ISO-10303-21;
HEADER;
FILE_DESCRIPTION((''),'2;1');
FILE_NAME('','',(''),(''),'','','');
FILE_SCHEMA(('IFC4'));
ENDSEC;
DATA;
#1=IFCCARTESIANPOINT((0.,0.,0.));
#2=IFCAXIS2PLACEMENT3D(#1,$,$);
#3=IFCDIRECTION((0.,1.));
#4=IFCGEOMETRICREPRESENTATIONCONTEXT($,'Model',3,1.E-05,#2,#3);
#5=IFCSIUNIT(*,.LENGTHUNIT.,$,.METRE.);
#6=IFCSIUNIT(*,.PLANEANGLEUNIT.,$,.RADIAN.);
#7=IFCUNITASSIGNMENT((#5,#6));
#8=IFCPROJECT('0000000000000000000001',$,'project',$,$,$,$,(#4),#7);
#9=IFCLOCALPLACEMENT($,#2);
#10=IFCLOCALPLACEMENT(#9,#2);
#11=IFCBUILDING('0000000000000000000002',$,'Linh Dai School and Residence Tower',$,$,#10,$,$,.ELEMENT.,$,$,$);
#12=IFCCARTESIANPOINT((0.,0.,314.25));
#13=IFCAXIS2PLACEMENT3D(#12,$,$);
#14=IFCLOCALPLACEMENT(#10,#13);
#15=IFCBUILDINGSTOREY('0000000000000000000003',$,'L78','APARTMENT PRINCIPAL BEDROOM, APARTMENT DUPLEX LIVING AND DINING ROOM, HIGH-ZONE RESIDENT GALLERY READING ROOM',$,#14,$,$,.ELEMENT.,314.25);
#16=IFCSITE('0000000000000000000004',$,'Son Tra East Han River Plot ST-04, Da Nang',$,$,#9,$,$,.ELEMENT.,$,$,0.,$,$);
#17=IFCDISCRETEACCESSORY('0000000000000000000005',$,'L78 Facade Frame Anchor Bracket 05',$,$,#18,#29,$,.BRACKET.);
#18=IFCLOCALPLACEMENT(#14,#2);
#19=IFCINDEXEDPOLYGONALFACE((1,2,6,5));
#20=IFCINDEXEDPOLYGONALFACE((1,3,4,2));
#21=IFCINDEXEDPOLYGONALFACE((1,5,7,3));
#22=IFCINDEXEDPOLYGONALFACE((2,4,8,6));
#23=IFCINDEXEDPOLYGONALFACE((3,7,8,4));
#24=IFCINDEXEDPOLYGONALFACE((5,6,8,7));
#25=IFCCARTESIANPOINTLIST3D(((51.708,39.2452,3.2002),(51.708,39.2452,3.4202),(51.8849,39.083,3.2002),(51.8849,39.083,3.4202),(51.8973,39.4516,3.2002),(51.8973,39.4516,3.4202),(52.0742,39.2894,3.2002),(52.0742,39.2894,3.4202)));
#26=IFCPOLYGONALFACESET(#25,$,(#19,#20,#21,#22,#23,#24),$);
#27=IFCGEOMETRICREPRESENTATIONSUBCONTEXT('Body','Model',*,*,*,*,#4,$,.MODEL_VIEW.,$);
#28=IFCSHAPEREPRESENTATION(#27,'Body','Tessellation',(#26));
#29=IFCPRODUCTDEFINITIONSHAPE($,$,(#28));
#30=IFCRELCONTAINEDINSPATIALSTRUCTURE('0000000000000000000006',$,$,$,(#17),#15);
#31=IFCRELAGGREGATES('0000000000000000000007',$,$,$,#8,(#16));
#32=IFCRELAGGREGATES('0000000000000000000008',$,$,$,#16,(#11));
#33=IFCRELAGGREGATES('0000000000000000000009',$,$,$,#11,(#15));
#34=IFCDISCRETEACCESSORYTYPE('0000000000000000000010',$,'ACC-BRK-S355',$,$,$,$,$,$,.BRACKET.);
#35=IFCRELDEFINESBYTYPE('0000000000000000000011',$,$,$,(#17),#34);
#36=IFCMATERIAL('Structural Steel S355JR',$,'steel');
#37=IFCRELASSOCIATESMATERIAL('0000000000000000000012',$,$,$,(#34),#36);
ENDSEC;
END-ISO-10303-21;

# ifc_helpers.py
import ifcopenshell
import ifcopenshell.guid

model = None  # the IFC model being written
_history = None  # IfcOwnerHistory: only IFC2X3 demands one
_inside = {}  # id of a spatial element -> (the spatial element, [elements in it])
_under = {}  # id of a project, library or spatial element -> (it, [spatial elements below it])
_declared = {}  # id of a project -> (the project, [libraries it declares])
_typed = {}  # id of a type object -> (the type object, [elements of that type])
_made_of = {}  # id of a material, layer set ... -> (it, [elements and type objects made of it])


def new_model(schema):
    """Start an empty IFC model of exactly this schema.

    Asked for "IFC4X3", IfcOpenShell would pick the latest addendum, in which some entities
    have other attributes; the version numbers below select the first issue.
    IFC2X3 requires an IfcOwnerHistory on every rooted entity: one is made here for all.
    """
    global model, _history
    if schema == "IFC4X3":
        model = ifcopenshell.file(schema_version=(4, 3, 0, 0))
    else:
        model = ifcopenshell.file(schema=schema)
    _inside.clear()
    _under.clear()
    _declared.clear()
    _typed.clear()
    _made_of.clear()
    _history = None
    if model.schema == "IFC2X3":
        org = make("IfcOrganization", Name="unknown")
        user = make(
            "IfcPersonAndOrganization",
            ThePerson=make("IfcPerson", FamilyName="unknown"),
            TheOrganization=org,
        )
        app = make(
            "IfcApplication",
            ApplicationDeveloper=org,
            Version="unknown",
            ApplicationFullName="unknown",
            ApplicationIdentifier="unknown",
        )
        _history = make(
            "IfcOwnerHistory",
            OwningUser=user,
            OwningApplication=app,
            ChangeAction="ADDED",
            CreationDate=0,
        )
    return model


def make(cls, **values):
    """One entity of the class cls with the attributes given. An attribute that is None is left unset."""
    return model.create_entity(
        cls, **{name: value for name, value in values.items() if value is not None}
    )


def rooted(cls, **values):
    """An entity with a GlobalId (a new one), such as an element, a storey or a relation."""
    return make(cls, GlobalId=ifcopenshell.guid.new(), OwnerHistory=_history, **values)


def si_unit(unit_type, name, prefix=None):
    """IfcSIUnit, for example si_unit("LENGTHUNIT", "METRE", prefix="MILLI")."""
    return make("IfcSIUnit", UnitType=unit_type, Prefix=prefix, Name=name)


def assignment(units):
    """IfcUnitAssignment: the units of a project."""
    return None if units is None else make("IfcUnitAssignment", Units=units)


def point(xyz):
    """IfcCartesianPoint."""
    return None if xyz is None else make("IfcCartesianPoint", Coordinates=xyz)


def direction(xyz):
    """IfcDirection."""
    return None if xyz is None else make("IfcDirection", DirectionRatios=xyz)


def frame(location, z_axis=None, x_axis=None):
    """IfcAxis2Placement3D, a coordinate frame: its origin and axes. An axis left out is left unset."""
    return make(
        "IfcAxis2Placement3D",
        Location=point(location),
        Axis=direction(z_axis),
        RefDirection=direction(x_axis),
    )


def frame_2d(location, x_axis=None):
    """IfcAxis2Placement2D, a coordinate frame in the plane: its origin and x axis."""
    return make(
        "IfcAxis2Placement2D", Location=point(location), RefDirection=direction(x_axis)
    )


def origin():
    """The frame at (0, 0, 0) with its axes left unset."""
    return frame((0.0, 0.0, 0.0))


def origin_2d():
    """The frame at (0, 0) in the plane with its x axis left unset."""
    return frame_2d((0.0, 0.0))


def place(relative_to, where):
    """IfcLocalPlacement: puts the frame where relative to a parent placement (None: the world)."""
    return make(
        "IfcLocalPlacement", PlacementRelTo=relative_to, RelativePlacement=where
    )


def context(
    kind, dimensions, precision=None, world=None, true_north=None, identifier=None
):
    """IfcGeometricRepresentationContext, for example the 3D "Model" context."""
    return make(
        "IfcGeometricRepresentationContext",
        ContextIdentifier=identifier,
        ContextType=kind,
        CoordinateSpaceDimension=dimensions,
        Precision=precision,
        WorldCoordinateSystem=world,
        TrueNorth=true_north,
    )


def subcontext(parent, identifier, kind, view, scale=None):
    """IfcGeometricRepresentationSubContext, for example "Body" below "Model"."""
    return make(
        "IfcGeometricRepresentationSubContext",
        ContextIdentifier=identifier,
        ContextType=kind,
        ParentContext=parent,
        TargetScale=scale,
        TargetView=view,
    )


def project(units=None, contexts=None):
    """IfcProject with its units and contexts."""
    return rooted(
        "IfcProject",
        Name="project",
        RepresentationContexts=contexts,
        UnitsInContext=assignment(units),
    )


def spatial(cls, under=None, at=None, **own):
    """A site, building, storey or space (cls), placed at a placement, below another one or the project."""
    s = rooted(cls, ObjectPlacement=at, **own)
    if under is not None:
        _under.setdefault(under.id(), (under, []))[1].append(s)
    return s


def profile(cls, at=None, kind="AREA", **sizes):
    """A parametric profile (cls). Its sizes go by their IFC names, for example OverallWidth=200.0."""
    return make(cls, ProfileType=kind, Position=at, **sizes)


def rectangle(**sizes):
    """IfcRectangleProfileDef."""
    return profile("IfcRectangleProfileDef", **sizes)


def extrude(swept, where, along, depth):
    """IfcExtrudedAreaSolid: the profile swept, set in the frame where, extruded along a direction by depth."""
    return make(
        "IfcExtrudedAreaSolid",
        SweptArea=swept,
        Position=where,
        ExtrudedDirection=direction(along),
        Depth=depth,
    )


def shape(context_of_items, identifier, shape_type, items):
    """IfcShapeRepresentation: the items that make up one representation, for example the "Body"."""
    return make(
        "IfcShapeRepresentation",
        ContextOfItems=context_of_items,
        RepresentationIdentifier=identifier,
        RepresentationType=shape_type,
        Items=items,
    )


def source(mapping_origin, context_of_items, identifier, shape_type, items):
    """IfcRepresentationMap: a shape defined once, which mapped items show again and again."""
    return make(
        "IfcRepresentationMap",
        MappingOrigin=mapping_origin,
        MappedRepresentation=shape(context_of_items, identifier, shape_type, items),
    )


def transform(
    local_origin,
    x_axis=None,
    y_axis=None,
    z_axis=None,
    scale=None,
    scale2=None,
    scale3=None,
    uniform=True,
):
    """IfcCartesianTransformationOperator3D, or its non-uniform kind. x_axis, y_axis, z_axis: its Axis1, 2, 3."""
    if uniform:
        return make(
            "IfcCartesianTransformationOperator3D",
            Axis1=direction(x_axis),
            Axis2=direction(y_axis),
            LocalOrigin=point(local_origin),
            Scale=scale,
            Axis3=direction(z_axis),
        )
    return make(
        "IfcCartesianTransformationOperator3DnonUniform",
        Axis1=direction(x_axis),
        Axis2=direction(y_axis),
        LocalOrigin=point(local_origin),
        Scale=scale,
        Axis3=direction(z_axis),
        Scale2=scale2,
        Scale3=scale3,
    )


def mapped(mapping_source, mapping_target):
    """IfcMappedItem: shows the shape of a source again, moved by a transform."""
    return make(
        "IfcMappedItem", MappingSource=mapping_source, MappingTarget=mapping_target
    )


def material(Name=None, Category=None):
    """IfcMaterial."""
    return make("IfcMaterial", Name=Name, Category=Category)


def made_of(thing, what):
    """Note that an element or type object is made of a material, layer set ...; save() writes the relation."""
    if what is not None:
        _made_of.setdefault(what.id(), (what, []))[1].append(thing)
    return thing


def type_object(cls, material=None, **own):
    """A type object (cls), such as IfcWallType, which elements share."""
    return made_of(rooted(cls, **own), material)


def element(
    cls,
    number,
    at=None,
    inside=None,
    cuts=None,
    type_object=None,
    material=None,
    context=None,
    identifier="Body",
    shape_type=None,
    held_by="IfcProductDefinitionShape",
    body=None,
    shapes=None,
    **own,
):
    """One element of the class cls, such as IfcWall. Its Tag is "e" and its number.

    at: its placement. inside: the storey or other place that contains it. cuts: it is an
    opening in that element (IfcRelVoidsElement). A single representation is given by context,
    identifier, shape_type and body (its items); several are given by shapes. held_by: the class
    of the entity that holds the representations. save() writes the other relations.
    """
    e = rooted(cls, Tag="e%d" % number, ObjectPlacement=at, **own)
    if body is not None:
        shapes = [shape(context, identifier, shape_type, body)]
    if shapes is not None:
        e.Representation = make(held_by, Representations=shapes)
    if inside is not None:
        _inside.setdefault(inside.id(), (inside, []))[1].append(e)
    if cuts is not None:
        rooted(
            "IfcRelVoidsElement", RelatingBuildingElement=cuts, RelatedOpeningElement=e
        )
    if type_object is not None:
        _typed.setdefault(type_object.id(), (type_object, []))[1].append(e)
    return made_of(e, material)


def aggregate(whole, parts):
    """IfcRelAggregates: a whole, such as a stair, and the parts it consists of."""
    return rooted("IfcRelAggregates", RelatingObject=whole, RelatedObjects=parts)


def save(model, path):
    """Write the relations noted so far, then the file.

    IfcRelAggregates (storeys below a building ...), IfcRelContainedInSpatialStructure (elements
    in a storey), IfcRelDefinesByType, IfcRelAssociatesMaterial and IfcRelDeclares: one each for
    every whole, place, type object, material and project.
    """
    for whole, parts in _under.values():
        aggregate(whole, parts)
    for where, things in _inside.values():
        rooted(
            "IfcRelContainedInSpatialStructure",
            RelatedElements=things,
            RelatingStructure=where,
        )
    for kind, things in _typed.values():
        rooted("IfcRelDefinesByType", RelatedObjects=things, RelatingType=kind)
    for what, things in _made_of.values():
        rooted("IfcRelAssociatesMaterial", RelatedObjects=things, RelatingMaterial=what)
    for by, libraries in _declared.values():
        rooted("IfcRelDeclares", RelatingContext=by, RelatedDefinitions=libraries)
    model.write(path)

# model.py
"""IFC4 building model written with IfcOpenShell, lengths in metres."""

from ifc_helpers import new_model, si_unit, direction, frame, origin, origin_2d, place, context, subcontext, project, spatial, rectangle, extrude, source, transform, mapped, material, type_object, element, save


model = new_model("IFC4")

# Units and contexts
model_context = context("Model", 3, precision=1e-05, world=origin(), true_north=direction((0.0, 1.0)))
body_context = subcontext(model_context, "Body", "Model", "MODEL_VIEW")
ifc_project = project(units=[si_unit("LENGTHUNIT", "METRE"), si_unit("PLANEANGLEUNIT", "RADIAN")], contexts=[model_context])

# Site, building, storey
site_placement = place(None, origin())
site = spatial("IfcSite", under=ifc_project, at=site_placement, Name="Son Tra East Han River Plot ST-04, Da Nang", CompositionType="ELEMENT", RefElevation=0.0)
building_placement = place(site_placement, origin())
building = spatial("IfcBuilding", under=site, at=building_placement, Name="Linh Dai School and Residence Tower", CompositionType="ELEMENT")
storey_placement = place(building_placement, frame((0.0, 0.0, 314.25)))
storey = spatial("IfcBuildingStorey", under=building, at=storey_placement, Name="L78", Description="APARTMENT PRINCIPAL BEDROOM, APARTMENT DUPLEX LIVING AND DINING ROOM, HIGH-ZONE RESIDENT GALLERY READING ROOM", CompositionType="ELEMENT", Elevation=314.25)

# Shared definitions
ifc_material_1 = material(Name="Structural Steel S355JR", Category="steel")

# Discrete accessory
discrete_accessory_type = type_object("IfcDiscreteAccessoryType", Name="ACC-BRK-S355", PredefinedType="BRACKET", material=ifc_material_1)
shared_shape_1 = source(origin(), body_context, "Body", "SweptSolid", [
    extrude(rectangle(XDim=0.28, YDim=0.24, at=origin_2d()), origin(), (0.0, 0.0, 1.0), 0.22),
])
discrete_accessory_placement = place(storey_placement, frame((51.8911, 39.2673, 3.2002), z_axis=(0.0, 0.0, 1.0), x_axis=(0.675777, 0.737106, 0.0)))
element("IfcDiscreteAccessory", 1, at=discrete_accessory_placement, inside=storey, type_object=discrete_accessory_type, Name="L78 Facade Frame Anchor Bracket 05", PredefinedType="BRACKET", context=body_context, shape_type="MappedRepresentation", body=[
    mapped(shared_shape_1, transform((0.0, 0.0, 0.0), x_axis=(1.0, 0.0, 0.0), y_axis=(0.0, 1.0, 0.0), z_axis=(0.0, 0.0, 1.0), scale=1.0)),
])

save(model, "model.ifc")
